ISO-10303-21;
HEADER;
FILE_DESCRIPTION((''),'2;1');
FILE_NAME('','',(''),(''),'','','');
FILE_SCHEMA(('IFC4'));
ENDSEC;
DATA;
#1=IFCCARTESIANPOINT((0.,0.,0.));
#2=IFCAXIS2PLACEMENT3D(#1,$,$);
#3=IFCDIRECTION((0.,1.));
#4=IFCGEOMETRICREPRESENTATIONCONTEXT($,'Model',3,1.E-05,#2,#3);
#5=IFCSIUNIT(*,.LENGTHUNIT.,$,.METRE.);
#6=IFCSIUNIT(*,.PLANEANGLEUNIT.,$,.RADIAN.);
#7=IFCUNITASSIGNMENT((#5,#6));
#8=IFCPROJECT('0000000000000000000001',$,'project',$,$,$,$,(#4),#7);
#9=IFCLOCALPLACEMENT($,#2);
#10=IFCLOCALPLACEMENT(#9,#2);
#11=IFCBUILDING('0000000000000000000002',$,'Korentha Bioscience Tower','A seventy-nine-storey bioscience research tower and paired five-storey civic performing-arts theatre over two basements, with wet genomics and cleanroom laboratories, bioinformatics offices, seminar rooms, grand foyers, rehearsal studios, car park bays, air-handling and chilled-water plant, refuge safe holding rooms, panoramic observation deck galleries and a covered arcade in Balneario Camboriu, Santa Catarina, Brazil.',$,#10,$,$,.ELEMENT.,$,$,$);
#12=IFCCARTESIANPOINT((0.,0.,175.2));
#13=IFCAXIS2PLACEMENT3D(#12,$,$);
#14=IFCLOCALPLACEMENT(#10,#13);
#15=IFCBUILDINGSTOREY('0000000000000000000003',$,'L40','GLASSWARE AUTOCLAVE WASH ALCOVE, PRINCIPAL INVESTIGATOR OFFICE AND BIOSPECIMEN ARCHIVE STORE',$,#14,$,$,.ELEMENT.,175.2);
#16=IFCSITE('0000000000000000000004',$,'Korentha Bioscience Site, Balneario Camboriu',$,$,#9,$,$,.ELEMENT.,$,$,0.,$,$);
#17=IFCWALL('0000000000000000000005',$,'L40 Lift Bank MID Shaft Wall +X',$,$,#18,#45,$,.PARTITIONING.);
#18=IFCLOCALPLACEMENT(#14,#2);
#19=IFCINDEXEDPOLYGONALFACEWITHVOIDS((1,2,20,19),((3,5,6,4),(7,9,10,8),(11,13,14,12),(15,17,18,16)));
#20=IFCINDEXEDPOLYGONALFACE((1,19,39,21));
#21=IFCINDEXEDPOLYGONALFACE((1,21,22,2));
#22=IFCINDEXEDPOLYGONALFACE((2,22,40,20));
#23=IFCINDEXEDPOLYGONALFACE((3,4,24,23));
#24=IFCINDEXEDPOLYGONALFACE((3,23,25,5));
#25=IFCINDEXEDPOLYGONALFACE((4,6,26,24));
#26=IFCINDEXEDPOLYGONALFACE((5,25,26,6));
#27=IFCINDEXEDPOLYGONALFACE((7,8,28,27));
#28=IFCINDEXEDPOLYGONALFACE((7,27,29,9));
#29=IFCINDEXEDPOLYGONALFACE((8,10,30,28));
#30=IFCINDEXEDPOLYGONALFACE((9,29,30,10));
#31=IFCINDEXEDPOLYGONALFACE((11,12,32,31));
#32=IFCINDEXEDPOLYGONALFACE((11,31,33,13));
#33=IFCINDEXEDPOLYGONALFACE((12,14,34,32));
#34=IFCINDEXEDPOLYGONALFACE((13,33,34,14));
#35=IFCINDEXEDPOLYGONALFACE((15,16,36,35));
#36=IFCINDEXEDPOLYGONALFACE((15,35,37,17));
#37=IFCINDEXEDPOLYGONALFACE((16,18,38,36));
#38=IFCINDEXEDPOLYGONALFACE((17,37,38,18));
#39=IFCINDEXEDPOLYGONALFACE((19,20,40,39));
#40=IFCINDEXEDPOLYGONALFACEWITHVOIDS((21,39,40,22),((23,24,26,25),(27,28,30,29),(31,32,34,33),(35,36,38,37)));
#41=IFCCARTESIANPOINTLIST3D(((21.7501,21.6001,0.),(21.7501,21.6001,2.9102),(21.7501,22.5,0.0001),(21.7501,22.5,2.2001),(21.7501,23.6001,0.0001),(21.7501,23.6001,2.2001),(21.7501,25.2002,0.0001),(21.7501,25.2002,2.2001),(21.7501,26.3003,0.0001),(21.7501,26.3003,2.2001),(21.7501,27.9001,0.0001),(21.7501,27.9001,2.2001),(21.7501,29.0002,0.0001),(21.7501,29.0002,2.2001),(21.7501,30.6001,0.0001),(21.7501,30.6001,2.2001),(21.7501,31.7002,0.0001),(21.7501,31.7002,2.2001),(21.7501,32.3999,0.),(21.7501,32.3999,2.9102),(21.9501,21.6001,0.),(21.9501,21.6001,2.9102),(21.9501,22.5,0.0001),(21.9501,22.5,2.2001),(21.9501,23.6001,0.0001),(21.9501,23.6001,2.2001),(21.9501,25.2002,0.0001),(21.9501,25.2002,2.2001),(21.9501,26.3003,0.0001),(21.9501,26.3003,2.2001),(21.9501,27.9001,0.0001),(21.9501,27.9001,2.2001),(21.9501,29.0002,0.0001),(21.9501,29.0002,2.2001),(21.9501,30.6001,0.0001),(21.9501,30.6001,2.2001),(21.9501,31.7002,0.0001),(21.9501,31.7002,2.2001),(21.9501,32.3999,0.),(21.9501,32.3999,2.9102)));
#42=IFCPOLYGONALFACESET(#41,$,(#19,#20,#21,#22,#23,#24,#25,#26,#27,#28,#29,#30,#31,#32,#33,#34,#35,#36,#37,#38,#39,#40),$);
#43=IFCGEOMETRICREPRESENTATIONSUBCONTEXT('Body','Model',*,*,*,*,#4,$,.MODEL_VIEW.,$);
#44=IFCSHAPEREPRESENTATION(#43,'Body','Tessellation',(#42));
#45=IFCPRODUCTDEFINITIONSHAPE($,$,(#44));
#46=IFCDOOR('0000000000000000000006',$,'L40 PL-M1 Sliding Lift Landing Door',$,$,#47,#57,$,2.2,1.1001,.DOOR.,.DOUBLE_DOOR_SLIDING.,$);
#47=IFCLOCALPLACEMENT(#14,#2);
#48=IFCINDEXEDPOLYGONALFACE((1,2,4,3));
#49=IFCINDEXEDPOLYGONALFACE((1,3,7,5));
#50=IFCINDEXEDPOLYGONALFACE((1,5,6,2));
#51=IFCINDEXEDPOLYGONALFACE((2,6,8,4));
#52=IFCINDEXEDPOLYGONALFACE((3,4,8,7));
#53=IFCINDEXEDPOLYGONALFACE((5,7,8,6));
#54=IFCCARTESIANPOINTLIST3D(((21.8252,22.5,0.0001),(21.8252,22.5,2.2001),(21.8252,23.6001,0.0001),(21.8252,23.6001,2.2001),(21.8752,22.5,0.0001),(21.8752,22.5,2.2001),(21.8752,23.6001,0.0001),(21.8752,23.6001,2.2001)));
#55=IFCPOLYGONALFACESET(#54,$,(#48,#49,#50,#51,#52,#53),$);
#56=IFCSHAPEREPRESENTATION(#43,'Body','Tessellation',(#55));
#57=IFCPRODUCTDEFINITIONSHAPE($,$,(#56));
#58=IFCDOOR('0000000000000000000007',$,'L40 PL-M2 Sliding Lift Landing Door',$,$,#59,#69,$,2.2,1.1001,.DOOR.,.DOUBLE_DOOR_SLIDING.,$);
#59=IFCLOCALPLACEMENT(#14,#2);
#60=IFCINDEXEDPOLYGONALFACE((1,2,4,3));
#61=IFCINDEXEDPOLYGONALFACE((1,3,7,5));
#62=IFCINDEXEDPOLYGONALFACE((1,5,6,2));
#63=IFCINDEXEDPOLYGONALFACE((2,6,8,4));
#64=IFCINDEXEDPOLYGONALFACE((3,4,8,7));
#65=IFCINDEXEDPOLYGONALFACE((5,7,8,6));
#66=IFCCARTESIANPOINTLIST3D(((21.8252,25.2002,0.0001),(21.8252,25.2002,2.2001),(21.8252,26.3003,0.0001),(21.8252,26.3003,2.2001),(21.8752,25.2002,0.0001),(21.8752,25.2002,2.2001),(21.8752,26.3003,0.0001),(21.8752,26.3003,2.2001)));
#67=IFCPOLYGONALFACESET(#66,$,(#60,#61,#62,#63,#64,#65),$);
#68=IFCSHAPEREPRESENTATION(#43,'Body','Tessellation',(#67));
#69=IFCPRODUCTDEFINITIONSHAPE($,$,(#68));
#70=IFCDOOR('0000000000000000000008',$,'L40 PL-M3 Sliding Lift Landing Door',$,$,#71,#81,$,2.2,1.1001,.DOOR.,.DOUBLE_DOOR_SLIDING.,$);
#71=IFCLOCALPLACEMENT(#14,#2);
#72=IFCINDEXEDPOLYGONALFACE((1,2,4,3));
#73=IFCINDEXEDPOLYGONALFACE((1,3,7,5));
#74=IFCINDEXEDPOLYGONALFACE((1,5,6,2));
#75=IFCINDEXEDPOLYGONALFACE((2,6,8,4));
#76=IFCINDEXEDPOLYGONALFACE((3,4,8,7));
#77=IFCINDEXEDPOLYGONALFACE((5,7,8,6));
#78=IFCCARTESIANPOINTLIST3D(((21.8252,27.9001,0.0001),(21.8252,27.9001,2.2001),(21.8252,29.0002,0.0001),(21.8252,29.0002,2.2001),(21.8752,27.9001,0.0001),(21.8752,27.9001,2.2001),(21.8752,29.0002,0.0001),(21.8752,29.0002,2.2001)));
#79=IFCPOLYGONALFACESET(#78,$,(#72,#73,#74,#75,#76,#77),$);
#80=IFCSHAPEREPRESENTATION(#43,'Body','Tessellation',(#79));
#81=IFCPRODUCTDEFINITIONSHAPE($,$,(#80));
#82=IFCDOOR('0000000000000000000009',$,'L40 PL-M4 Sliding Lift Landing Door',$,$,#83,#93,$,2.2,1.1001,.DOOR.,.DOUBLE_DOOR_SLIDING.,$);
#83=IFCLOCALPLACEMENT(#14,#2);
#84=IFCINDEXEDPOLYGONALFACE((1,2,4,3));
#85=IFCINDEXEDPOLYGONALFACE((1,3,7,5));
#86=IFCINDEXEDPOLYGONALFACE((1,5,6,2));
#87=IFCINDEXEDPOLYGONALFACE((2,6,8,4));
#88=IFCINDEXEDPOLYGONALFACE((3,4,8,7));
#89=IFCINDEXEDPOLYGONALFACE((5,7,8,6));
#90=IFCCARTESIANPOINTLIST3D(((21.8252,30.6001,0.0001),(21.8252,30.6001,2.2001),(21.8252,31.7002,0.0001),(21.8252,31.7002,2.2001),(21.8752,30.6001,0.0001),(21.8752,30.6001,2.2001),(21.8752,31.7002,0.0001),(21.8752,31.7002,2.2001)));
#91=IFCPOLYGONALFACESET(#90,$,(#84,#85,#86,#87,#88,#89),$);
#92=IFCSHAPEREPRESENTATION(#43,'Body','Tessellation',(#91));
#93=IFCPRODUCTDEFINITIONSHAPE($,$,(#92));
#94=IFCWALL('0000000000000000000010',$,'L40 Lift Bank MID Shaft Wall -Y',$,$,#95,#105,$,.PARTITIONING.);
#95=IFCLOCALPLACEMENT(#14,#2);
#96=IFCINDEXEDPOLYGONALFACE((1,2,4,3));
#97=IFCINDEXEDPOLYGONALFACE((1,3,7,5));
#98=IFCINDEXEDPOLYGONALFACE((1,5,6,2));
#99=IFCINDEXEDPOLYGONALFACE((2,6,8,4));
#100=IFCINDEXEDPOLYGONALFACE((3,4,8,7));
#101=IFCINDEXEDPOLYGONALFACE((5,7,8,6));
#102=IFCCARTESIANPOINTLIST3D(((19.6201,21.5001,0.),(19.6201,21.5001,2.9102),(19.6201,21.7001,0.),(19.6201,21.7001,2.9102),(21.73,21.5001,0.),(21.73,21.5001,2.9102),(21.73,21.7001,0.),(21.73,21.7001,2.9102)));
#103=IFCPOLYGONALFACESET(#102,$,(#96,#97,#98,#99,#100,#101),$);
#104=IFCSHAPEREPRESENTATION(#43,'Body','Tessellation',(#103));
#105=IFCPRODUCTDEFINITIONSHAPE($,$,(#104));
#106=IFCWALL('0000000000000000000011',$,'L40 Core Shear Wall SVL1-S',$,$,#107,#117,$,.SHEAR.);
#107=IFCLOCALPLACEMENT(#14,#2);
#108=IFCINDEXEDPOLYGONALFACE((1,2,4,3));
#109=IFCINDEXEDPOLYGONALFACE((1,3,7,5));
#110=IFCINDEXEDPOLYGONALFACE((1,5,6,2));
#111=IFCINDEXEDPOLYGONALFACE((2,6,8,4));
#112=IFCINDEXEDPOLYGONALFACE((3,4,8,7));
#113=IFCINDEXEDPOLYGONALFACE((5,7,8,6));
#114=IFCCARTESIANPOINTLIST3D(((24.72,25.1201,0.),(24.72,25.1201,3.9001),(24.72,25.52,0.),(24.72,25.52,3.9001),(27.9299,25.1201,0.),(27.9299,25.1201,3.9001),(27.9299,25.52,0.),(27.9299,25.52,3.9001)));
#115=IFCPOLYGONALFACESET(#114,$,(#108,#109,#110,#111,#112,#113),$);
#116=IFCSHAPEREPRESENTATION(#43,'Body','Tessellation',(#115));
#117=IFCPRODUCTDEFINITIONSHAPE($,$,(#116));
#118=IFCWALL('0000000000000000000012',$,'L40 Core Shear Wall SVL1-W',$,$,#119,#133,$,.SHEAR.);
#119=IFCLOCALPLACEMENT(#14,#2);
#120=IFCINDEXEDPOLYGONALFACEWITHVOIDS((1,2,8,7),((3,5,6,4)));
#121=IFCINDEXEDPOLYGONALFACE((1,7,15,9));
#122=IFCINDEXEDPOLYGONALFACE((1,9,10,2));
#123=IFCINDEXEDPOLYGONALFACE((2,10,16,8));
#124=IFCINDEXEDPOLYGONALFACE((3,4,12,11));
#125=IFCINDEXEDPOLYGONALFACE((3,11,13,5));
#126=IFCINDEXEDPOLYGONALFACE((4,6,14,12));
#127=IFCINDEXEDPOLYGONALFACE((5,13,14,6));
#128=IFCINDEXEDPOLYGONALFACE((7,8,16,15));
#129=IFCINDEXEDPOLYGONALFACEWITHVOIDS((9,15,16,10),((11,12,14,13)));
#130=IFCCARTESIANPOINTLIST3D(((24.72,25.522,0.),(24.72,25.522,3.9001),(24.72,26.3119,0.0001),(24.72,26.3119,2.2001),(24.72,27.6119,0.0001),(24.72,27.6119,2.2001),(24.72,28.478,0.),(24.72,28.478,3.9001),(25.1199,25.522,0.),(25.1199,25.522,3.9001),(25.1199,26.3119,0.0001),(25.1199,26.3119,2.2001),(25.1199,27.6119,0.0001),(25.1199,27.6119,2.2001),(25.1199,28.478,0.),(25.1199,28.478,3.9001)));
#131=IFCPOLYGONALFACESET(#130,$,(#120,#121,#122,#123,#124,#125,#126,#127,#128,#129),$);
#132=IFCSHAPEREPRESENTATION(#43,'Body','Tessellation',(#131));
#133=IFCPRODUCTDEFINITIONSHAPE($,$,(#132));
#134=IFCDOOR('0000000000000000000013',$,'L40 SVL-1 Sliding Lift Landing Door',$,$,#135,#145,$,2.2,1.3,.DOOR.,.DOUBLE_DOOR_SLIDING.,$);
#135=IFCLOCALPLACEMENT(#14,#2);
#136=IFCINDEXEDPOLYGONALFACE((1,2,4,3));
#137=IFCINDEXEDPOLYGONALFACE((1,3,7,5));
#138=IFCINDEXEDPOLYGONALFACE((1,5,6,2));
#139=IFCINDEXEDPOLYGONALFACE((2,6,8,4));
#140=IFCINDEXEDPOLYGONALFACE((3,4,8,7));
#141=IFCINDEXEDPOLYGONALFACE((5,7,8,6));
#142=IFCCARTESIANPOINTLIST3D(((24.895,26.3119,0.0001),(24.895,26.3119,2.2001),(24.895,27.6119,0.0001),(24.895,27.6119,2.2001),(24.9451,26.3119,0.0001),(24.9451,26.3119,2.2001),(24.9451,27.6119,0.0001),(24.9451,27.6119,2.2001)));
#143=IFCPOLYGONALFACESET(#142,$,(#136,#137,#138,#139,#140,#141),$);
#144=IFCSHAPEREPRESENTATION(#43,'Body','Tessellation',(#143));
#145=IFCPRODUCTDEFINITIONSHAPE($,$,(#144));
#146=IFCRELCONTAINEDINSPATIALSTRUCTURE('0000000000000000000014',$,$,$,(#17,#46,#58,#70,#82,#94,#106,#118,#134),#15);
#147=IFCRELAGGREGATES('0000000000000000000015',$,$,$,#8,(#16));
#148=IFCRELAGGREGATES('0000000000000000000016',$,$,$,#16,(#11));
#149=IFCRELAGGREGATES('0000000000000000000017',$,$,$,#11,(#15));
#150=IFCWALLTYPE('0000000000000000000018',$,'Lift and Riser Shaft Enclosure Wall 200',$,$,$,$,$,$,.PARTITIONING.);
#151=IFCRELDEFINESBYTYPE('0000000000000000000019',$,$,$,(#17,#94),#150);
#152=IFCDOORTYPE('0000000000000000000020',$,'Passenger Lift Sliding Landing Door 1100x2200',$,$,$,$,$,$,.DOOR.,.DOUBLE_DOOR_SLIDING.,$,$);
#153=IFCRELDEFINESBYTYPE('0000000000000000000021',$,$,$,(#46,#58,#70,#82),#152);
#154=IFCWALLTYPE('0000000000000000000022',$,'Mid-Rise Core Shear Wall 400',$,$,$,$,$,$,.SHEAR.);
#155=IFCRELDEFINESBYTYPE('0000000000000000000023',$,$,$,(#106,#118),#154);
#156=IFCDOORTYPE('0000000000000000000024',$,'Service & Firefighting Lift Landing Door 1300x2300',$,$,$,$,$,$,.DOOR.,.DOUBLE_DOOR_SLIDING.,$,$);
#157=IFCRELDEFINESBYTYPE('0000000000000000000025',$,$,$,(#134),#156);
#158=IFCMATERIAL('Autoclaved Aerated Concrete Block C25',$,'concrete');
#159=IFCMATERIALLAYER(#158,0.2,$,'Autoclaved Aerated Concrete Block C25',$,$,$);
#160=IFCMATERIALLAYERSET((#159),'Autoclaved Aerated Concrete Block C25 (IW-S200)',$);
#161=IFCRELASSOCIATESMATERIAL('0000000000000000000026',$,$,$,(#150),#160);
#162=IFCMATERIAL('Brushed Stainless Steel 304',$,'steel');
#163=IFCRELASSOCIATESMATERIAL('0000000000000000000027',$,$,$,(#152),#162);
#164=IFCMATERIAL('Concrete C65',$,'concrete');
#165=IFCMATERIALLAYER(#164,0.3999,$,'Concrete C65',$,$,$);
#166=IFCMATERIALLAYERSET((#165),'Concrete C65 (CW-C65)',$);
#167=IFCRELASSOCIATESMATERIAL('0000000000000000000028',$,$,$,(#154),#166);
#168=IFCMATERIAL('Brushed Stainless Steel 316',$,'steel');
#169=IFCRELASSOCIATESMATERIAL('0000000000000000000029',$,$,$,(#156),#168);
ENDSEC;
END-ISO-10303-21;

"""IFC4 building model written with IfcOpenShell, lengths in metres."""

from ifc_helpers import new_model, si_unit, direction, frame, frame_2d, origin, place, context, subcontext, project, spatial, rectangle, extrude, material, layer, layer_set, type_object, element, fill, save


model = new_model("IFC4")

# Units and contexts
model_context = context("Model", 3, precision=1e-05, world=origin(), true_north=direction((0.0, 1.0)))
body_context = subcontext(model_context, "Body", "Model", "MODEL_VIEW")
ifc_project = project(units=[si_unit("LENGTHUNIT", "METRE"), si_unit("PLANEANGLEUNIT", "RADIAN")], contexts=[model_context])

# Site, building, storey
site_placement = place(None, origin())
site = spatial("IfcSite", under=ifc_project, at=site_placement, Name="Korentha Bioscience Site, Balneario Camboriu", CompositionType="ELEMENT", RefElevation=0.0)
building_placement = place(site_placement, origin())
building = spatial("IfcBuilding", under=site, at=building_placement, Name="Korentha Bioscience Tower", Description="A seventy-nine-storey bioscience research tower and paired five-storey civic performing-arts theatre over two basements, with wet genomics and cleanroom laboratories, bioinformatics offices, seminar rooms, grand foyers, rehearsal studios, car park bays, air-handling and chilled-water plant, refuge safe holding rooms, panoramic observation deck galleries and a covered arcade in Balneario Camboriu, Santa Catarina, Brazil.", CompositionType="ELEMENT")
storey_placement = place(building_placement, frame((0.0, 0.0, 175.2)))
storey = spatial("IfcBuildingStorey", under=building, at=storey_placement, Name="L40", Description="GLASSWARE AUTOCLAVE WASH ALCOVE, PRINCIPAL INVESTIGATOR OFFICE AND BIOSPECIMEN ARCHIVE STORE", CompositionType="ELEMENT", Elevation=175.2)

# Shared definitions
ifc_material_1 = material(Name="Concrete C65", Category="concrete")

# Shared definitions
ifc_material_2 = material(Name="Autoclaved Aerated Concrete Block C25", Category="concrete")
ifc_layer_1 = layer(ifc_material_2, 0.2, Name="Autoclaved Aerated Concrete Block C25")
ifc_layer_set_1 = layer_set([ifc_layer_1], Name="Autoclaved Aerated Concrete Block C25 (IW-S200)")
wall_type_1 = type_object("IfcWallType", Name="Lift and Riser Shaft Enclosure Wall 200", PredefinedType="PARTITIONING", material=ifc_layer_set_1)

# Wall, openings, doors
wall_1_placement = place(storey_placement, frame((21.8501, 21.6001, 0.0), z_axis=(0.0, 0.0, 1.0), x_axis=(0.0, 1.0, 0.0)))
wall_1 = element("IfcWall", 1, at=wall_1_placement, inside=storey, type_object=wall_type_1, Name="L40 Lift Bank MID Shaft Wall +X", PredefinedType="PARTITIONING", context=body_context, shape_type="SweptSolid", body=[
    extrude(rectangle(XDim=10.7998, YDim=0.2, at=frame_2d((5.3999, 0.0))), origin(), (0.0, 0.0, 1.0), 2.9102),
])
opening_1_placement = place(wall_1_placement, frame((0.8999, 0.0, 0.0)))
opening_1 = element("IfcOpeningElement", 2, at=opening_1_placement, cuts=wall_1, PredefinedType="OPENING", context=body_context, shape_type="SweptSolid", body=[
    extrude(rectangle(XDim=1.1001, YDim=2.2, at=frame_2d((0.55, 1.1001))), frame((0.0, 0.1147, 0.0), z_axis=(0.0, -1.0, 0.0), x_axis=(1.0, 0.0, 0.0)), (0.0, 0.0, 1.0), 0.2297),
])
opening_2_placement = place(wall_1_placement, frame((3.6001, 0.0, 0.0)))
opening_2 = element("IfcOpeningElement", 3, at=opening_2_placement, cuts=wall_1, PredefinedType="OPENING", context=body_context, shape_type="SweptSolid", body=[
    extrude(rectangle(XDim=1.1001, YDim=2.2, at=frame_2d((0.55, 1.1001))), frame((0.0, 0.1147, 0.0), z_axis=(0.0, -1.0, 0.0), x_axis=(1.0, 0.0, 0.0)), (0.0, 0.0, 1.0), 0.2297),
])
opening_3_placement = place(wall_1_placement, frame((6.3, 0.0, 0.0)))
opening_3 = element("IfcOpeningElement", 4, at=opening_3_placement, cuts=wall_1, PredefinedType="OPENING", context=body_context, shape_type="SweptSolid", body=[
    extrude(rectangle(XDim=1.1001, YDim=2.2, at=frame_2d((0.55, 1.1001))), frame((0.0, 0.1147, 0.0), z_axis=(0.0, -1.0, 0.0), x_axis=(1.0, 0.0, 0.0)), (0.0, 0.0, 1.0), 0.2297),
])
opening_4_placement = place(wall_1_placement, frame((9.0, 0.0, 0.0)))
opening_4 = element("IfcOpeningElement", 5, at=opening_4_placement, cuts=wall_1, PredefinedType="OPENING", context=body_context, shape_type="SweptSolid", body=[
    extrude(rectangle(XDim=1.1001, YDim=2.2, at=frame_2d((0.55, 1.1001))), frame((0.0, 0.1147, 0.0), z_axis=(0.0, -1.0, 0.0), x_axis=(1.0, 0.0, 0.0)), (0.0, 0.0, 1.0), 0.2297),
])
ifc_material_3 = material(Name="Brushed Stainless Steel 304", Category="steel")
door_type_1 = type_object("IfcDoorType", Name="Passenger Lift Sliding Landing Door 1100x2200", OperationType="DOUBLE_DOOR_SLIDING", PredefinedType="DOOR", material=ifc_material_3)
door_1_placement = place(opening_1_placement, origin())
door_1 = element("IfcDoor", 6, at=door_1_placement, inside=storey, type_object=door_type_1, Name="L40 PL-M1 Sliding Lift Landing Door", OperationType="DOUBLE_DOOR_SLIDING", OverallHeight=2.2, OverallWidth=1.1001, PredefinedType="DOOR", context=body_context, shape_type="SweptSolid", body=[
    extrude(rectangle(XDim=1.1001, YDim=2.2, at=frame_2d((0.55, 1.1001))), frame((0.0, 0.0249, 0.0), z_axis=(0.0, -1.0, 0.0), x_axis=(1.0, 0.0, 0.0)), (0.0, 0.0, 1.0), 0.05),
])
fill(opening_1, door_1)
door_2_placement = place(opening_2_placement, origin())
door_2 = element("IfcDoor", 7, at=door_2_placement, inside=storey, type_object=door_type_1, Name="L40 PL-M2 Sliding Lift Landing Door", OperationType="DOUBLE_DOOR_SLIDING", OverallHeight=2.2, OverallWidth=1.1001, PredefinedType="DOOR", context=body_context, shape_type="SweptSolid", body=[
    extrude(rectangle(XDim=1.1001, YDim=2.2, at=frame_2d((0.55, 1.1001))), frame((0.0, 0.0249, 0.0), z_axis=(0.0, -1.0, 0.0), x_axis=(1.0, 0.0, 0.0)), (0.0, 0.0, 1.0), 0.05),
])
fill(opening_2, door_2)
door_3_placement = place(opening_3_placement, origin())
door_3 = element("IfcDoor", 8, at=door_3_placement, inside=storey, type_object=door_type_1, Name="L40 PL-M3 Sliding Lift Landing Door", OperationType="DOUBLE_DOOR_SLIDING", OverallHeight=2.2, OverallWidth=1.1001, PredefinedType="DOOR", context=body_context, shape_type="SweptSolid", body=[
    extrude(rectangle(XDim=1.1001, YDim=2.2, at=frame_2d((0.55, 1.1001))), frame((0.0, 0.0249, 0.0), z_axis=(0.0, -1.0, 0.0), x_axis=(1.0, 0.0, 0.0)), (0.0, 0.0, 1.0), 0.05),
])
fill(opening_3, door_3)
door_4_placement = place(opening_4_placement, origin())
door_4 = element("IfcDoor", 9, at=door_4_placement, inside=storey, type_object=door_type_1, Name="L40 PL-M4 Sliding Lift Landing Door", OperationType="DOUBLE_DOOR_SLIDING", OverallHeight=2.2, OverallWidth=1.1001, PredefinedType="DOOR", context=body_context, shape_type="SweptSolid", body=[
    extrude(rectangle(XDim=1.1001, YDim=2.2, at=frame_2d((0.55, 1.1001))), frame((0.0, 0.0249, 0.0), z_axis=(0.0, -1.0, 0.0), x_axis=(1.0, 0.0, 0.0)), (0.0, 0.0, 1.0), 0.05),
])
fill(opening_4, door_4)

# Walls
wall_2_placement = place(storey_placement, frame((19.6201, 21.6001, 0.0), z_axis=(0.0, 0.0, 1.0), x_axis=(1.0, 0.0, 0.0)))
element("IfcWall", 10, at=wall_2_placement, inside=storey, type_object=wall_type_1, Name="L40 Lift Bank MID Shaft Wall -Y", PredefinedType="PARTITIONING", context=body_context, shape_type="SweptSolid", body=[
    extrude(rectangle(XDim=2.1099, YDim=0.2, at=frame_2d((1.0549, 0.0))), origin(), (0.0, 0.0, 1.0), 2.9102),
])
ifc_layer_2 = layer(ifc_material_1, 0.3999, Name="Concrete C65")
ifc_layer_set_2 = layer_set([ifc_layer_2], Name="Concrete C65 (CW-C65)")
wall_type_2 = type_object("IfcWallType", Name="Mid-Rise Core Shear Wall 400", PredefinedType="SHEAR", material=ifc_layer_set_2)
wall_3_placement = place(storey_placement, frame((24.72, 25.3201, 0.0), z_axis=(0.0, 0.0, 1.0), x_axis=(1.0, 0.0, 0.0)))
element("IfcWall", 11, at=wall_3_placement, inside=storey, type_object=wall_type_2, Name="L40 Core Shear Wall SVL1-S", PredefinedType="SHEAR", context=body_context, shape_type="SweptSolid", body=[
    extrude(rectangle(XDim=3.21, YDim=0.3999, at=frame_2d((1.605, 0.0))), origin(), (0.0, 0.0, 1.0), 3.9001),
])

# Wall, opening, door
wall_4_placement = place(storey_placement, frame((24.9199, 25.522, 0.0), z_axis=(0.0, 0.0, 1.0), x_axis=(0.0, 1.0, 0.0)))
wall_4 = element("IfcWall", 12, at=wall_4_placement, inside=storey, type_object=wall_type_2, Name="L40 Core Shear Wall SVL1-W", PredefinedType="SHEAR", context=body_context, shape_type="SweptSolid", body=[
    extrude(rectangle(XDim=2.9561, YDim=0.3999, at=frame_2d((1.478, 0.0))), origin(), (0.0, 0.0, 1.0), 3.9001),
])
opening_5_placement = place(wall_4_placement, frame((0.79, 0.0, 0.0)))
opening_5 = element("IfcOpeningElement", 13, at=opening_5_placement, cuts=wall_4, PredefinedType="OPENING", context=body_context, shape_type="SweptSolid", body=[
    extrude(rectangle(XDim=1.3, YDim=2.2, at=frame_2d((0.6499, 1.1001))), frame((0.0, 0.2148, 0.0), z_axis=(0.0, -1.0, 0.0), x_axis=(1.0, 0.0, 0.0)), (0.0, 0.0, 1.0), 0.4297),
])
ifc_material_4 = material(Name="Brushed Stainless Steel 316", Category="steel")
door_type_2 = type_object("IfcDoorType", Name="Service & Firefighting Lift Landing Door 1300x2300", OperationType="DOUBLE_DOOR_SLIDING", PredefinedType="DOOR", material=ifc_material_4)
door_5_placement = place(opening_5_placement, origin())
door_5 = element("IfcDoor", 14, at=door_5_placement, inside=storey, type_object=door_type_2, Name="L40 SVL-1 Sliding Lift Landing Door", OperationType="DOUBLE_DOOR_SLIDING", OverallHeight=2.2, OverallWidth=1.3, PredefinedType="DOOR", context=body_context, shape_type="SweptSolid", body=[
    extrude(rectangle(XDim=1.3, YDim=2.2, at=frame_2d((0.6499, 1.1001))), frame((0.0, 0.0249, 0.0), z_axis=(0.0, -1.0, 0.0), x_axis=(1.0, 0.0, 0.0)), (0.0, 0.0, 1.0), 0.05),
])
fill(opening_5, door_5)

save(model, "model.ifc")
